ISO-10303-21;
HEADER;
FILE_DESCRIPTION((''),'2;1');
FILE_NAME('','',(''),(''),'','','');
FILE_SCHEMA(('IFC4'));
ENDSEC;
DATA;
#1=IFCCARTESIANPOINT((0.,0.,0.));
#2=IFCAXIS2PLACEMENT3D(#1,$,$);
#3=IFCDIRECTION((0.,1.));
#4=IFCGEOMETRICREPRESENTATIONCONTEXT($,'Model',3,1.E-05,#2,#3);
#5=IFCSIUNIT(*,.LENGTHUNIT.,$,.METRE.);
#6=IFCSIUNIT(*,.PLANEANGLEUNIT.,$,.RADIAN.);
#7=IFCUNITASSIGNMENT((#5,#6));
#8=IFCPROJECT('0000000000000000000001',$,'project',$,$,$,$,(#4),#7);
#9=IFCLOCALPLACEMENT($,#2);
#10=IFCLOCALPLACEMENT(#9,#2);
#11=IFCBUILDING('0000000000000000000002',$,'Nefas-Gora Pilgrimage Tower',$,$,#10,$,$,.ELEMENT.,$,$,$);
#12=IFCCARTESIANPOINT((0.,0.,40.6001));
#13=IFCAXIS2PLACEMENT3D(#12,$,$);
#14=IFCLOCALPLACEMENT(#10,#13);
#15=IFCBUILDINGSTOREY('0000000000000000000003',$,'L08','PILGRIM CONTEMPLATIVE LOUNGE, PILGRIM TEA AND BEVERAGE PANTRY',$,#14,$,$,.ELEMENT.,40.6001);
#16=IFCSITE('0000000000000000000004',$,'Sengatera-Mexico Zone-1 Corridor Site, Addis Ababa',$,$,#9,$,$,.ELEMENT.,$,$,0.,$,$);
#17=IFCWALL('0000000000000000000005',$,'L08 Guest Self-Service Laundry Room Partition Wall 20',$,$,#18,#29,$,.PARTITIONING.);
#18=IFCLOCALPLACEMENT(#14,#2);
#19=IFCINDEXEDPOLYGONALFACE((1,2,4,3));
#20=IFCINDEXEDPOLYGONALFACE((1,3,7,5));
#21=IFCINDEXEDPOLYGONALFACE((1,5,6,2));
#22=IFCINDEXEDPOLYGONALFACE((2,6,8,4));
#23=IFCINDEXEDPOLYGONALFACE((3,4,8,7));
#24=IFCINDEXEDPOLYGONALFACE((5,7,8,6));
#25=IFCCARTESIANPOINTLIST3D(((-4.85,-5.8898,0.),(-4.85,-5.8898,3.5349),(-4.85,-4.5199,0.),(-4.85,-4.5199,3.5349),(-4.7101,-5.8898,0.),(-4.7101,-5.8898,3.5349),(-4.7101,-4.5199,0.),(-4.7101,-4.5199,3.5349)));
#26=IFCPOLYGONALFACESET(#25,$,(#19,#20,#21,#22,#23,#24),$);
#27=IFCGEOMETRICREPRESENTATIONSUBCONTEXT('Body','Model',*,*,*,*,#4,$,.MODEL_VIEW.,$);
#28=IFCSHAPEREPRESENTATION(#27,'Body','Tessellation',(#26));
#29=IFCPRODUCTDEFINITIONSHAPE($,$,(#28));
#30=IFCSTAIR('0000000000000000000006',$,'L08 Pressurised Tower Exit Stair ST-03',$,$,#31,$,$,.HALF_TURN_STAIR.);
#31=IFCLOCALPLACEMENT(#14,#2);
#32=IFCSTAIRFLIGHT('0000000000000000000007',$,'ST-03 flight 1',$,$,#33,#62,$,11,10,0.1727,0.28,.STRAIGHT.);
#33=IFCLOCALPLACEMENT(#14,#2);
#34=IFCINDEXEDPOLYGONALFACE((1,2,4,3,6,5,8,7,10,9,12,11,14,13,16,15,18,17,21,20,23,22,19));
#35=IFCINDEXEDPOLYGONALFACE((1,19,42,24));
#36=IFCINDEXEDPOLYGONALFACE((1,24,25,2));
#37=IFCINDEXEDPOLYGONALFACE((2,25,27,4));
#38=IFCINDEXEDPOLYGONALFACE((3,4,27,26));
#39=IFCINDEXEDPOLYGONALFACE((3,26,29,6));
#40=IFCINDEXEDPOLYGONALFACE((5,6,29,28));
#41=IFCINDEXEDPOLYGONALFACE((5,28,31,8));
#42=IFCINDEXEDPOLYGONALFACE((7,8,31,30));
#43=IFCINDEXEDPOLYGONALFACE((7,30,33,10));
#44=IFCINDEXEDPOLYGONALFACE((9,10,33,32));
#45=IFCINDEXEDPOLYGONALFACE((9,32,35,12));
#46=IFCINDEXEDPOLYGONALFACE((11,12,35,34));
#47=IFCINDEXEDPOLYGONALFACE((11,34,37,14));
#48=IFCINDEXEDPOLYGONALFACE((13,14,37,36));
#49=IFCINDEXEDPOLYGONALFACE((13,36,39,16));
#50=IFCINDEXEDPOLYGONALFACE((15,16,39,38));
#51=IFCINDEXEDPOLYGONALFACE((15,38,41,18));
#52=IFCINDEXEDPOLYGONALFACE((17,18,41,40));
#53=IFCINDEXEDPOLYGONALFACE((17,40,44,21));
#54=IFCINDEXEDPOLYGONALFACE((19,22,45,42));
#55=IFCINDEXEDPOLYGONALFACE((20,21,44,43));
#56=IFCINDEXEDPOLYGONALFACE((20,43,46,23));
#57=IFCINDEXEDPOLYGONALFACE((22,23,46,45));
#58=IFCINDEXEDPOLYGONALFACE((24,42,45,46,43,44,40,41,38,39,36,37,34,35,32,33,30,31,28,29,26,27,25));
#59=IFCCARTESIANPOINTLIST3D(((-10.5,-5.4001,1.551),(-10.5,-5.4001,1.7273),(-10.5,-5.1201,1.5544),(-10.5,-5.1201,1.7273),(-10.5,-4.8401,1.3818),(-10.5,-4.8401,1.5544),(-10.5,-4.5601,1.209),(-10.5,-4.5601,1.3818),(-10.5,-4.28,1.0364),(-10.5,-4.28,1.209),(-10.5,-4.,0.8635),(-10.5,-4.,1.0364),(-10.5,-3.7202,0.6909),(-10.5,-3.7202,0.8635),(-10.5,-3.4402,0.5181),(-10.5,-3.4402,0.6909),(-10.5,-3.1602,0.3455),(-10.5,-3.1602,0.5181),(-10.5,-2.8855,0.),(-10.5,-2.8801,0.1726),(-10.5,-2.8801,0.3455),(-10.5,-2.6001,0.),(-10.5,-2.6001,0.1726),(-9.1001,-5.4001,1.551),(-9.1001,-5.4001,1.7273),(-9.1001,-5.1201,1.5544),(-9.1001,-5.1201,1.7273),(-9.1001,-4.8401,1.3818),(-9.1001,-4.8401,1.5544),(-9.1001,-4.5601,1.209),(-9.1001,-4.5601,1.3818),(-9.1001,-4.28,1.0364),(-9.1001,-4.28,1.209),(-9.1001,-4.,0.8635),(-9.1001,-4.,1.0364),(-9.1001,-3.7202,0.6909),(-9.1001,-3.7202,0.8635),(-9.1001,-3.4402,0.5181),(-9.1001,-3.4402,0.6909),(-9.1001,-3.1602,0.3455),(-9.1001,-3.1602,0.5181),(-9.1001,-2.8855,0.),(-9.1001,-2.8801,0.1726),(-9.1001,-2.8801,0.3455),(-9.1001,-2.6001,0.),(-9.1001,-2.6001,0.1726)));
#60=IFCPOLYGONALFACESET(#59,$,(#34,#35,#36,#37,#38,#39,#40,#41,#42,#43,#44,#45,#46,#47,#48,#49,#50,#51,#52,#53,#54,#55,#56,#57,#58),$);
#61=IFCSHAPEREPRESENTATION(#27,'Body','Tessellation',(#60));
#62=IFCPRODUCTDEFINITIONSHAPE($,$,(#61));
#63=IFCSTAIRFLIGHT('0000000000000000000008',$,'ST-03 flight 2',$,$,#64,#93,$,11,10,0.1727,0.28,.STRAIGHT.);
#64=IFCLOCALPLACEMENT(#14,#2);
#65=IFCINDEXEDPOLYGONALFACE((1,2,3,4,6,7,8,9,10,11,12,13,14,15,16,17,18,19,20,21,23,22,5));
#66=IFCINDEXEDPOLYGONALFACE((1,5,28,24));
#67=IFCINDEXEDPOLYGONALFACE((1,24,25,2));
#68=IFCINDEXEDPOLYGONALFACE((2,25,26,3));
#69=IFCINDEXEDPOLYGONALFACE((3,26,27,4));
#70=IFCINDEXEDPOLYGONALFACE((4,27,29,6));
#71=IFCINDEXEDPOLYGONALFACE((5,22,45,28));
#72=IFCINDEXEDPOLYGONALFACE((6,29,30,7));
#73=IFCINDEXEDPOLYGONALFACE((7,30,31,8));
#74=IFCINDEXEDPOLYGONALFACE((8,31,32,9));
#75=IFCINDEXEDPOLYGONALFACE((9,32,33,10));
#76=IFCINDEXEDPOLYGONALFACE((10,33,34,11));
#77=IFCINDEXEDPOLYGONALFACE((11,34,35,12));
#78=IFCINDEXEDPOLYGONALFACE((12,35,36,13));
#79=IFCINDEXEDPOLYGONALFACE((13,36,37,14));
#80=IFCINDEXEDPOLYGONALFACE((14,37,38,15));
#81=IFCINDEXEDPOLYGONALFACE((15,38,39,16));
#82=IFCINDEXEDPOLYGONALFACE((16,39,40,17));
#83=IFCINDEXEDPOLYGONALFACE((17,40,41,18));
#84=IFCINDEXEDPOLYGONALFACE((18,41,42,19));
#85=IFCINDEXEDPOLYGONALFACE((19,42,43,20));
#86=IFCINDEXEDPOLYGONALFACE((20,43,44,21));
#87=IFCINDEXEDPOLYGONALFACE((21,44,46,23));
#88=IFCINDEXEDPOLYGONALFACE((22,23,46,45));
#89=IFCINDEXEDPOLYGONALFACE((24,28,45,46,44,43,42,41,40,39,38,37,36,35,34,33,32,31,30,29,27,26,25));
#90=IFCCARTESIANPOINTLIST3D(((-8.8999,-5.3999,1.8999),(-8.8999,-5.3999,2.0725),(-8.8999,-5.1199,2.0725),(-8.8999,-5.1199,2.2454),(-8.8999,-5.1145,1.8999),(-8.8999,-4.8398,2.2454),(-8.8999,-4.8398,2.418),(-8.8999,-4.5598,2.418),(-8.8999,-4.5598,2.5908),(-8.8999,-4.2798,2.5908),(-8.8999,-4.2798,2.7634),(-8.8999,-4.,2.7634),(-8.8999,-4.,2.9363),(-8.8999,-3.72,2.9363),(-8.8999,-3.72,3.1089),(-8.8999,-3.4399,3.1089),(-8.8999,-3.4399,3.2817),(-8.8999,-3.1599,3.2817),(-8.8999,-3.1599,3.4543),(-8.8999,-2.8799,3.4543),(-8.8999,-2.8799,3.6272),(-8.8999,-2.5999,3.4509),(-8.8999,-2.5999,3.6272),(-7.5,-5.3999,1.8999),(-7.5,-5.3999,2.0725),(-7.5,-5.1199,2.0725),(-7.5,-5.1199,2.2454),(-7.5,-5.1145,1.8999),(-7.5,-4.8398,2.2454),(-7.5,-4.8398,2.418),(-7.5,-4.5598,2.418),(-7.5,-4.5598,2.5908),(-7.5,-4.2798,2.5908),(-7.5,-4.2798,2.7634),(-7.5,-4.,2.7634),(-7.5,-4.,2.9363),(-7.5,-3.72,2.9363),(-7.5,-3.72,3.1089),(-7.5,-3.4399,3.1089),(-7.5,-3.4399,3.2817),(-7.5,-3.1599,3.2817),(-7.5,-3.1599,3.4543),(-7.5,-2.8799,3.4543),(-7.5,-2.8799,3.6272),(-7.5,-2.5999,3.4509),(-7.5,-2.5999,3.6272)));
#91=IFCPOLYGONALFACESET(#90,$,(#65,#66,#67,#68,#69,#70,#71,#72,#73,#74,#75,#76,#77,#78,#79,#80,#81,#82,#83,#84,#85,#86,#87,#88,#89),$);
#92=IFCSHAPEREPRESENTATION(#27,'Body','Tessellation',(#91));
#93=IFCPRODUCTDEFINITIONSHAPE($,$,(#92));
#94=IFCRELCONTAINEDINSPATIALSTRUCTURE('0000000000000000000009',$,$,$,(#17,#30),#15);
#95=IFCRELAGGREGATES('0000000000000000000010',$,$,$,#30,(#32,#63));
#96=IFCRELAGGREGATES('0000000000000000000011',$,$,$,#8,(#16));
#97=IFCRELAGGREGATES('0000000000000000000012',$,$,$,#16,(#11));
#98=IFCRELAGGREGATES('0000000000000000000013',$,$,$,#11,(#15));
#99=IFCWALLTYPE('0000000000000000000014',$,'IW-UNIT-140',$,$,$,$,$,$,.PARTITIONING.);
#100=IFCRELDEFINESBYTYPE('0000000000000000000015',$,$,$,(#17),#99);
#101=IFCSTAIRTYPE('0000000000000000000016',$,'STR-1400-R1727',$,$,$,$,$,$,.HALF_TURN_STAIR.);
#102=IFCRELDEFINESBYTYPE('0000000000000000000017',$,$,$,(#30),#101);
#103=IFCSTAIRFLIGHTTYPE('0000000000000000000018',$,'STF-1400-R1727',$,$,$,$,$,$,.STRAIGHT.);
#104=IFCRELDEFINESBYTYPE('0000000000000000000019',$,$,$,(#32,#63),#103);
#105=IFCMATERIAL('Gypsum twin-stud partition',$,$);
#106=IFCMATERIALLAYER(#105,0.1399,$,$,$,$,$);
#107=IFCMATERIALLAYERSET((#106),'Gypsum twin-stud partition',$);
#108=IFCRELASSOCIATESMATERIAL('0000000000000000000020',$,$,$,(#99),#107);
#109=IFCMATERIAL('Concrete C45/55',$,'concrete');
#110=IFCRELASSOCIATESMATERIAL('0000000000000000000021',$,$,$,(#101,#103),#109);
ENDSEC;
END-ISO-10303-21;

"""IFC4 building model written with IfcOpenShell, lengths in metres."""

from ifc_helpers import new_model, si_unit, direction, frame, frame_2d, origin, place, context, subcontext, project, spatial, polyline, rectangle, outline, extrude, source, transform, mapped, material, layer, layer_set, type_object, element, aggregate, save


model = new_model("IFC4")

# Units and contexts
model_context = context("Model", 3, precision=1e-05, world=origin(), true_north=direction((0.0, 1.0)))
body_context = subcontext(model_context, "Body", "Model", "MODEL_VIEW")
ifc_project = project(units=[si_unit("LENGTHUNIT", "METRE"), si_unit("PLANEANGLEUNIT", "RADIAN")], contexts=[model_context])

# Site, building, storey
site_placement = place(None, origin())
site = spatial("IfcSite", under=ifc_project, at=site_placement, Name="Sengatera-Mexico Zone-1 Corridor Site, Addis Ababa", CompositionType="ELEMENT", RefElevation=0.0)
building_placement = place(site_placement, origin())
building = spatial("IfcBuilding", under=site, at=building_placement, Name="Nefas-Gora Pilgrimage Tower", CompositionType="ELEMENT")
storey_placement = place(building_placement, frame((0.0, 0.0, 40.6001)))
storey = spatial("IfcBuildingStorey", under=building, at=storey_placement, Name="L08", Description="PILGRIM CONTEMPLATIVE LOUNGE, PILGRIM TEA AND BEVERAGE PANTRY", CompositionType="ELEMENT", Elevation=40.6001)

# Shared definitions
ifc_material_1 = material(Name="Concrete C45/55", Category="concrete")

# Shared definitions
ifc_material_2 = material(Name="Gypsum twin-stud partition")
ifc_layer_1 = layer(ifc_material_2, 0.1399)
ifc_layer_set_1 = layer_set([ifc_layer_1], Name="Gypsum twin-stud partition")
wall_type_1 = type_object("IfcWallType", Name="IW-UNIT-140", PredefinedType="PARTITIONING", material=ifc_layer_set_1)

# Wall
shared_shape_1 = source(origin(), body_context, "Body", "SweptSolid", [
    extrude(rectangle(XDim=1.3699, YDim=0.1399, at=frame_2d((0.6851, 0.0))), origin(), (0.0, 0.0, 1.0), 3.5349),
])
wall_1_placement = place(storey_placement, frame((-4.78, -5.8899, 0.0), z_axis=(0.0, 0.0, 1.0), x_axis=(0.0, 1.0, 0.0)))
element("IfcWall", 1, at=wall_1_placement, inside=storey, type_object=wall_type_1, Name="L08 Guest Self-Service Laundry Room Partition Wall 20", PredefinedType="PARTITIONING", context=body_context, shape_type="MappedRepresentation", body=[
    mapped(shared_shape_1, transform((0.0, 0.0, 0.0), x_axis=(1.0, 0.0, 0.0), y_axis=(0.0, 1.0, 0.0), z_axis=(0.0, 0.0, 1.0), scale=1.0)),
])

# Stair, stair flights
stair_type = type_object("IfcStairType", Name="STR-1400-R1727", PredefinedType="HALF_TURN_STAIR", material=ifc_material_1)
stair_placement = place(storey_placement, origin())
stair = element("IfcStair", 2, at=stair_placement, inside=storey, type_object=stair_type, Name="L08 Pressurised Tower Exit Stair ST-03", PredefinedType="HALF_TURN_STAIR")
stair_flight_type = type_object("IfcStairFlightType", Name="STF-1400-R1727", PredefinedType="STRAIGHT", material=ifc_material_1)
shared_shape_2 = source(origin(), body_context, "Body", "SweptSolid", [
    extrude(outline(polyline([(0.0, 0.0), (0.0, 0.1726), (0.28, 0.1726), (0.28, 0.3455), (0.5601, 0.3455), (0.5601, 0.5181), (0.8401, 0.5181), (0.8401, 0.6909), (1.1201, 0.6909), (1.1201, 0.8635), (1.3999, 0.8635), (1.3999, 1.0364), (1.6799, 1.0364), (1.6799, 1.209), (1.96, 1.209), (1.96, 1.3818), (2.24, 1.3818), (2.24, 1.5544), (2.52, 1.5544), (2.52, 1.7273), (2.8, 1.7273), (2.8, 1.8999), (2.8, 1.551), (0.2854, 0.0), (0.0, 0.0)])), frame((0.0, 0.7, 0.0), z_axis=(0.0, -1.0, 0.0), x_axis=(1.0, 0.0, 0.0)), (0.0, 0.0, 1.0), 1.3999),
])
stair_flight_1_placement = place(storey_placement, frame((-9.8, -2.6001, 0.0), z_axis=(0.0, 0.0, 1.0), x_axis=(0.0, -1.0, 0.0)))
stair_flight_1 = element("IfcStairFlight", 3, at=stair_flight_1_placement, type_object=stair_flight_type, Name="ST-03 flight 1", NumberOfRisers=11, NumberOfTreads=10, PredefinedType="STRAIGHT", RiserHeight=0.1727, TreadLength=0.28, context=body_context, shape_type="MappedRepresentation", body=[
    mapped(shared_shape_2, transform((0.0, 0.0, 0.0), x_axis=(1.0, 0.0, 0.0), y_axis=(0.0, 1.0, 0.0), z_axis=(0.0, 0.0, 1.0), scale=1.0)),
])
stair_flight_2_placement = place(storey_placement, frame((-8.2, -5.3999, 1.8999), z_axis=(0.0, 0.0, 1.0), x_axis=(0.0, 1.0, 0.0)))
stair_flight_2 = element("IfcStairFlight", 4, at=stair_flight_2_placement, type_object=stair_flight_type, Name="ST-03 flight 2", NumberOfRisers=11, NumberOfTreads=10, PredefinedType="STRAIGHT", RiserHeight=0.1727, TreadLength=0.28, context=body_context, shape_type="MappedRepresentation", body=[
    mapped(shared_shape_2, transform((0.0, 0.0, 0.0), x_axis=(1.0, 0.0, 0.0), y_axis=(0.0, 1.0, 0.0), z_axis=(0.0, 0.0, 1.0), scale=1.0)),
])
aggregate(stair, [stair_flight_1, stair_flight_2])

save(model, "model.ifc")
